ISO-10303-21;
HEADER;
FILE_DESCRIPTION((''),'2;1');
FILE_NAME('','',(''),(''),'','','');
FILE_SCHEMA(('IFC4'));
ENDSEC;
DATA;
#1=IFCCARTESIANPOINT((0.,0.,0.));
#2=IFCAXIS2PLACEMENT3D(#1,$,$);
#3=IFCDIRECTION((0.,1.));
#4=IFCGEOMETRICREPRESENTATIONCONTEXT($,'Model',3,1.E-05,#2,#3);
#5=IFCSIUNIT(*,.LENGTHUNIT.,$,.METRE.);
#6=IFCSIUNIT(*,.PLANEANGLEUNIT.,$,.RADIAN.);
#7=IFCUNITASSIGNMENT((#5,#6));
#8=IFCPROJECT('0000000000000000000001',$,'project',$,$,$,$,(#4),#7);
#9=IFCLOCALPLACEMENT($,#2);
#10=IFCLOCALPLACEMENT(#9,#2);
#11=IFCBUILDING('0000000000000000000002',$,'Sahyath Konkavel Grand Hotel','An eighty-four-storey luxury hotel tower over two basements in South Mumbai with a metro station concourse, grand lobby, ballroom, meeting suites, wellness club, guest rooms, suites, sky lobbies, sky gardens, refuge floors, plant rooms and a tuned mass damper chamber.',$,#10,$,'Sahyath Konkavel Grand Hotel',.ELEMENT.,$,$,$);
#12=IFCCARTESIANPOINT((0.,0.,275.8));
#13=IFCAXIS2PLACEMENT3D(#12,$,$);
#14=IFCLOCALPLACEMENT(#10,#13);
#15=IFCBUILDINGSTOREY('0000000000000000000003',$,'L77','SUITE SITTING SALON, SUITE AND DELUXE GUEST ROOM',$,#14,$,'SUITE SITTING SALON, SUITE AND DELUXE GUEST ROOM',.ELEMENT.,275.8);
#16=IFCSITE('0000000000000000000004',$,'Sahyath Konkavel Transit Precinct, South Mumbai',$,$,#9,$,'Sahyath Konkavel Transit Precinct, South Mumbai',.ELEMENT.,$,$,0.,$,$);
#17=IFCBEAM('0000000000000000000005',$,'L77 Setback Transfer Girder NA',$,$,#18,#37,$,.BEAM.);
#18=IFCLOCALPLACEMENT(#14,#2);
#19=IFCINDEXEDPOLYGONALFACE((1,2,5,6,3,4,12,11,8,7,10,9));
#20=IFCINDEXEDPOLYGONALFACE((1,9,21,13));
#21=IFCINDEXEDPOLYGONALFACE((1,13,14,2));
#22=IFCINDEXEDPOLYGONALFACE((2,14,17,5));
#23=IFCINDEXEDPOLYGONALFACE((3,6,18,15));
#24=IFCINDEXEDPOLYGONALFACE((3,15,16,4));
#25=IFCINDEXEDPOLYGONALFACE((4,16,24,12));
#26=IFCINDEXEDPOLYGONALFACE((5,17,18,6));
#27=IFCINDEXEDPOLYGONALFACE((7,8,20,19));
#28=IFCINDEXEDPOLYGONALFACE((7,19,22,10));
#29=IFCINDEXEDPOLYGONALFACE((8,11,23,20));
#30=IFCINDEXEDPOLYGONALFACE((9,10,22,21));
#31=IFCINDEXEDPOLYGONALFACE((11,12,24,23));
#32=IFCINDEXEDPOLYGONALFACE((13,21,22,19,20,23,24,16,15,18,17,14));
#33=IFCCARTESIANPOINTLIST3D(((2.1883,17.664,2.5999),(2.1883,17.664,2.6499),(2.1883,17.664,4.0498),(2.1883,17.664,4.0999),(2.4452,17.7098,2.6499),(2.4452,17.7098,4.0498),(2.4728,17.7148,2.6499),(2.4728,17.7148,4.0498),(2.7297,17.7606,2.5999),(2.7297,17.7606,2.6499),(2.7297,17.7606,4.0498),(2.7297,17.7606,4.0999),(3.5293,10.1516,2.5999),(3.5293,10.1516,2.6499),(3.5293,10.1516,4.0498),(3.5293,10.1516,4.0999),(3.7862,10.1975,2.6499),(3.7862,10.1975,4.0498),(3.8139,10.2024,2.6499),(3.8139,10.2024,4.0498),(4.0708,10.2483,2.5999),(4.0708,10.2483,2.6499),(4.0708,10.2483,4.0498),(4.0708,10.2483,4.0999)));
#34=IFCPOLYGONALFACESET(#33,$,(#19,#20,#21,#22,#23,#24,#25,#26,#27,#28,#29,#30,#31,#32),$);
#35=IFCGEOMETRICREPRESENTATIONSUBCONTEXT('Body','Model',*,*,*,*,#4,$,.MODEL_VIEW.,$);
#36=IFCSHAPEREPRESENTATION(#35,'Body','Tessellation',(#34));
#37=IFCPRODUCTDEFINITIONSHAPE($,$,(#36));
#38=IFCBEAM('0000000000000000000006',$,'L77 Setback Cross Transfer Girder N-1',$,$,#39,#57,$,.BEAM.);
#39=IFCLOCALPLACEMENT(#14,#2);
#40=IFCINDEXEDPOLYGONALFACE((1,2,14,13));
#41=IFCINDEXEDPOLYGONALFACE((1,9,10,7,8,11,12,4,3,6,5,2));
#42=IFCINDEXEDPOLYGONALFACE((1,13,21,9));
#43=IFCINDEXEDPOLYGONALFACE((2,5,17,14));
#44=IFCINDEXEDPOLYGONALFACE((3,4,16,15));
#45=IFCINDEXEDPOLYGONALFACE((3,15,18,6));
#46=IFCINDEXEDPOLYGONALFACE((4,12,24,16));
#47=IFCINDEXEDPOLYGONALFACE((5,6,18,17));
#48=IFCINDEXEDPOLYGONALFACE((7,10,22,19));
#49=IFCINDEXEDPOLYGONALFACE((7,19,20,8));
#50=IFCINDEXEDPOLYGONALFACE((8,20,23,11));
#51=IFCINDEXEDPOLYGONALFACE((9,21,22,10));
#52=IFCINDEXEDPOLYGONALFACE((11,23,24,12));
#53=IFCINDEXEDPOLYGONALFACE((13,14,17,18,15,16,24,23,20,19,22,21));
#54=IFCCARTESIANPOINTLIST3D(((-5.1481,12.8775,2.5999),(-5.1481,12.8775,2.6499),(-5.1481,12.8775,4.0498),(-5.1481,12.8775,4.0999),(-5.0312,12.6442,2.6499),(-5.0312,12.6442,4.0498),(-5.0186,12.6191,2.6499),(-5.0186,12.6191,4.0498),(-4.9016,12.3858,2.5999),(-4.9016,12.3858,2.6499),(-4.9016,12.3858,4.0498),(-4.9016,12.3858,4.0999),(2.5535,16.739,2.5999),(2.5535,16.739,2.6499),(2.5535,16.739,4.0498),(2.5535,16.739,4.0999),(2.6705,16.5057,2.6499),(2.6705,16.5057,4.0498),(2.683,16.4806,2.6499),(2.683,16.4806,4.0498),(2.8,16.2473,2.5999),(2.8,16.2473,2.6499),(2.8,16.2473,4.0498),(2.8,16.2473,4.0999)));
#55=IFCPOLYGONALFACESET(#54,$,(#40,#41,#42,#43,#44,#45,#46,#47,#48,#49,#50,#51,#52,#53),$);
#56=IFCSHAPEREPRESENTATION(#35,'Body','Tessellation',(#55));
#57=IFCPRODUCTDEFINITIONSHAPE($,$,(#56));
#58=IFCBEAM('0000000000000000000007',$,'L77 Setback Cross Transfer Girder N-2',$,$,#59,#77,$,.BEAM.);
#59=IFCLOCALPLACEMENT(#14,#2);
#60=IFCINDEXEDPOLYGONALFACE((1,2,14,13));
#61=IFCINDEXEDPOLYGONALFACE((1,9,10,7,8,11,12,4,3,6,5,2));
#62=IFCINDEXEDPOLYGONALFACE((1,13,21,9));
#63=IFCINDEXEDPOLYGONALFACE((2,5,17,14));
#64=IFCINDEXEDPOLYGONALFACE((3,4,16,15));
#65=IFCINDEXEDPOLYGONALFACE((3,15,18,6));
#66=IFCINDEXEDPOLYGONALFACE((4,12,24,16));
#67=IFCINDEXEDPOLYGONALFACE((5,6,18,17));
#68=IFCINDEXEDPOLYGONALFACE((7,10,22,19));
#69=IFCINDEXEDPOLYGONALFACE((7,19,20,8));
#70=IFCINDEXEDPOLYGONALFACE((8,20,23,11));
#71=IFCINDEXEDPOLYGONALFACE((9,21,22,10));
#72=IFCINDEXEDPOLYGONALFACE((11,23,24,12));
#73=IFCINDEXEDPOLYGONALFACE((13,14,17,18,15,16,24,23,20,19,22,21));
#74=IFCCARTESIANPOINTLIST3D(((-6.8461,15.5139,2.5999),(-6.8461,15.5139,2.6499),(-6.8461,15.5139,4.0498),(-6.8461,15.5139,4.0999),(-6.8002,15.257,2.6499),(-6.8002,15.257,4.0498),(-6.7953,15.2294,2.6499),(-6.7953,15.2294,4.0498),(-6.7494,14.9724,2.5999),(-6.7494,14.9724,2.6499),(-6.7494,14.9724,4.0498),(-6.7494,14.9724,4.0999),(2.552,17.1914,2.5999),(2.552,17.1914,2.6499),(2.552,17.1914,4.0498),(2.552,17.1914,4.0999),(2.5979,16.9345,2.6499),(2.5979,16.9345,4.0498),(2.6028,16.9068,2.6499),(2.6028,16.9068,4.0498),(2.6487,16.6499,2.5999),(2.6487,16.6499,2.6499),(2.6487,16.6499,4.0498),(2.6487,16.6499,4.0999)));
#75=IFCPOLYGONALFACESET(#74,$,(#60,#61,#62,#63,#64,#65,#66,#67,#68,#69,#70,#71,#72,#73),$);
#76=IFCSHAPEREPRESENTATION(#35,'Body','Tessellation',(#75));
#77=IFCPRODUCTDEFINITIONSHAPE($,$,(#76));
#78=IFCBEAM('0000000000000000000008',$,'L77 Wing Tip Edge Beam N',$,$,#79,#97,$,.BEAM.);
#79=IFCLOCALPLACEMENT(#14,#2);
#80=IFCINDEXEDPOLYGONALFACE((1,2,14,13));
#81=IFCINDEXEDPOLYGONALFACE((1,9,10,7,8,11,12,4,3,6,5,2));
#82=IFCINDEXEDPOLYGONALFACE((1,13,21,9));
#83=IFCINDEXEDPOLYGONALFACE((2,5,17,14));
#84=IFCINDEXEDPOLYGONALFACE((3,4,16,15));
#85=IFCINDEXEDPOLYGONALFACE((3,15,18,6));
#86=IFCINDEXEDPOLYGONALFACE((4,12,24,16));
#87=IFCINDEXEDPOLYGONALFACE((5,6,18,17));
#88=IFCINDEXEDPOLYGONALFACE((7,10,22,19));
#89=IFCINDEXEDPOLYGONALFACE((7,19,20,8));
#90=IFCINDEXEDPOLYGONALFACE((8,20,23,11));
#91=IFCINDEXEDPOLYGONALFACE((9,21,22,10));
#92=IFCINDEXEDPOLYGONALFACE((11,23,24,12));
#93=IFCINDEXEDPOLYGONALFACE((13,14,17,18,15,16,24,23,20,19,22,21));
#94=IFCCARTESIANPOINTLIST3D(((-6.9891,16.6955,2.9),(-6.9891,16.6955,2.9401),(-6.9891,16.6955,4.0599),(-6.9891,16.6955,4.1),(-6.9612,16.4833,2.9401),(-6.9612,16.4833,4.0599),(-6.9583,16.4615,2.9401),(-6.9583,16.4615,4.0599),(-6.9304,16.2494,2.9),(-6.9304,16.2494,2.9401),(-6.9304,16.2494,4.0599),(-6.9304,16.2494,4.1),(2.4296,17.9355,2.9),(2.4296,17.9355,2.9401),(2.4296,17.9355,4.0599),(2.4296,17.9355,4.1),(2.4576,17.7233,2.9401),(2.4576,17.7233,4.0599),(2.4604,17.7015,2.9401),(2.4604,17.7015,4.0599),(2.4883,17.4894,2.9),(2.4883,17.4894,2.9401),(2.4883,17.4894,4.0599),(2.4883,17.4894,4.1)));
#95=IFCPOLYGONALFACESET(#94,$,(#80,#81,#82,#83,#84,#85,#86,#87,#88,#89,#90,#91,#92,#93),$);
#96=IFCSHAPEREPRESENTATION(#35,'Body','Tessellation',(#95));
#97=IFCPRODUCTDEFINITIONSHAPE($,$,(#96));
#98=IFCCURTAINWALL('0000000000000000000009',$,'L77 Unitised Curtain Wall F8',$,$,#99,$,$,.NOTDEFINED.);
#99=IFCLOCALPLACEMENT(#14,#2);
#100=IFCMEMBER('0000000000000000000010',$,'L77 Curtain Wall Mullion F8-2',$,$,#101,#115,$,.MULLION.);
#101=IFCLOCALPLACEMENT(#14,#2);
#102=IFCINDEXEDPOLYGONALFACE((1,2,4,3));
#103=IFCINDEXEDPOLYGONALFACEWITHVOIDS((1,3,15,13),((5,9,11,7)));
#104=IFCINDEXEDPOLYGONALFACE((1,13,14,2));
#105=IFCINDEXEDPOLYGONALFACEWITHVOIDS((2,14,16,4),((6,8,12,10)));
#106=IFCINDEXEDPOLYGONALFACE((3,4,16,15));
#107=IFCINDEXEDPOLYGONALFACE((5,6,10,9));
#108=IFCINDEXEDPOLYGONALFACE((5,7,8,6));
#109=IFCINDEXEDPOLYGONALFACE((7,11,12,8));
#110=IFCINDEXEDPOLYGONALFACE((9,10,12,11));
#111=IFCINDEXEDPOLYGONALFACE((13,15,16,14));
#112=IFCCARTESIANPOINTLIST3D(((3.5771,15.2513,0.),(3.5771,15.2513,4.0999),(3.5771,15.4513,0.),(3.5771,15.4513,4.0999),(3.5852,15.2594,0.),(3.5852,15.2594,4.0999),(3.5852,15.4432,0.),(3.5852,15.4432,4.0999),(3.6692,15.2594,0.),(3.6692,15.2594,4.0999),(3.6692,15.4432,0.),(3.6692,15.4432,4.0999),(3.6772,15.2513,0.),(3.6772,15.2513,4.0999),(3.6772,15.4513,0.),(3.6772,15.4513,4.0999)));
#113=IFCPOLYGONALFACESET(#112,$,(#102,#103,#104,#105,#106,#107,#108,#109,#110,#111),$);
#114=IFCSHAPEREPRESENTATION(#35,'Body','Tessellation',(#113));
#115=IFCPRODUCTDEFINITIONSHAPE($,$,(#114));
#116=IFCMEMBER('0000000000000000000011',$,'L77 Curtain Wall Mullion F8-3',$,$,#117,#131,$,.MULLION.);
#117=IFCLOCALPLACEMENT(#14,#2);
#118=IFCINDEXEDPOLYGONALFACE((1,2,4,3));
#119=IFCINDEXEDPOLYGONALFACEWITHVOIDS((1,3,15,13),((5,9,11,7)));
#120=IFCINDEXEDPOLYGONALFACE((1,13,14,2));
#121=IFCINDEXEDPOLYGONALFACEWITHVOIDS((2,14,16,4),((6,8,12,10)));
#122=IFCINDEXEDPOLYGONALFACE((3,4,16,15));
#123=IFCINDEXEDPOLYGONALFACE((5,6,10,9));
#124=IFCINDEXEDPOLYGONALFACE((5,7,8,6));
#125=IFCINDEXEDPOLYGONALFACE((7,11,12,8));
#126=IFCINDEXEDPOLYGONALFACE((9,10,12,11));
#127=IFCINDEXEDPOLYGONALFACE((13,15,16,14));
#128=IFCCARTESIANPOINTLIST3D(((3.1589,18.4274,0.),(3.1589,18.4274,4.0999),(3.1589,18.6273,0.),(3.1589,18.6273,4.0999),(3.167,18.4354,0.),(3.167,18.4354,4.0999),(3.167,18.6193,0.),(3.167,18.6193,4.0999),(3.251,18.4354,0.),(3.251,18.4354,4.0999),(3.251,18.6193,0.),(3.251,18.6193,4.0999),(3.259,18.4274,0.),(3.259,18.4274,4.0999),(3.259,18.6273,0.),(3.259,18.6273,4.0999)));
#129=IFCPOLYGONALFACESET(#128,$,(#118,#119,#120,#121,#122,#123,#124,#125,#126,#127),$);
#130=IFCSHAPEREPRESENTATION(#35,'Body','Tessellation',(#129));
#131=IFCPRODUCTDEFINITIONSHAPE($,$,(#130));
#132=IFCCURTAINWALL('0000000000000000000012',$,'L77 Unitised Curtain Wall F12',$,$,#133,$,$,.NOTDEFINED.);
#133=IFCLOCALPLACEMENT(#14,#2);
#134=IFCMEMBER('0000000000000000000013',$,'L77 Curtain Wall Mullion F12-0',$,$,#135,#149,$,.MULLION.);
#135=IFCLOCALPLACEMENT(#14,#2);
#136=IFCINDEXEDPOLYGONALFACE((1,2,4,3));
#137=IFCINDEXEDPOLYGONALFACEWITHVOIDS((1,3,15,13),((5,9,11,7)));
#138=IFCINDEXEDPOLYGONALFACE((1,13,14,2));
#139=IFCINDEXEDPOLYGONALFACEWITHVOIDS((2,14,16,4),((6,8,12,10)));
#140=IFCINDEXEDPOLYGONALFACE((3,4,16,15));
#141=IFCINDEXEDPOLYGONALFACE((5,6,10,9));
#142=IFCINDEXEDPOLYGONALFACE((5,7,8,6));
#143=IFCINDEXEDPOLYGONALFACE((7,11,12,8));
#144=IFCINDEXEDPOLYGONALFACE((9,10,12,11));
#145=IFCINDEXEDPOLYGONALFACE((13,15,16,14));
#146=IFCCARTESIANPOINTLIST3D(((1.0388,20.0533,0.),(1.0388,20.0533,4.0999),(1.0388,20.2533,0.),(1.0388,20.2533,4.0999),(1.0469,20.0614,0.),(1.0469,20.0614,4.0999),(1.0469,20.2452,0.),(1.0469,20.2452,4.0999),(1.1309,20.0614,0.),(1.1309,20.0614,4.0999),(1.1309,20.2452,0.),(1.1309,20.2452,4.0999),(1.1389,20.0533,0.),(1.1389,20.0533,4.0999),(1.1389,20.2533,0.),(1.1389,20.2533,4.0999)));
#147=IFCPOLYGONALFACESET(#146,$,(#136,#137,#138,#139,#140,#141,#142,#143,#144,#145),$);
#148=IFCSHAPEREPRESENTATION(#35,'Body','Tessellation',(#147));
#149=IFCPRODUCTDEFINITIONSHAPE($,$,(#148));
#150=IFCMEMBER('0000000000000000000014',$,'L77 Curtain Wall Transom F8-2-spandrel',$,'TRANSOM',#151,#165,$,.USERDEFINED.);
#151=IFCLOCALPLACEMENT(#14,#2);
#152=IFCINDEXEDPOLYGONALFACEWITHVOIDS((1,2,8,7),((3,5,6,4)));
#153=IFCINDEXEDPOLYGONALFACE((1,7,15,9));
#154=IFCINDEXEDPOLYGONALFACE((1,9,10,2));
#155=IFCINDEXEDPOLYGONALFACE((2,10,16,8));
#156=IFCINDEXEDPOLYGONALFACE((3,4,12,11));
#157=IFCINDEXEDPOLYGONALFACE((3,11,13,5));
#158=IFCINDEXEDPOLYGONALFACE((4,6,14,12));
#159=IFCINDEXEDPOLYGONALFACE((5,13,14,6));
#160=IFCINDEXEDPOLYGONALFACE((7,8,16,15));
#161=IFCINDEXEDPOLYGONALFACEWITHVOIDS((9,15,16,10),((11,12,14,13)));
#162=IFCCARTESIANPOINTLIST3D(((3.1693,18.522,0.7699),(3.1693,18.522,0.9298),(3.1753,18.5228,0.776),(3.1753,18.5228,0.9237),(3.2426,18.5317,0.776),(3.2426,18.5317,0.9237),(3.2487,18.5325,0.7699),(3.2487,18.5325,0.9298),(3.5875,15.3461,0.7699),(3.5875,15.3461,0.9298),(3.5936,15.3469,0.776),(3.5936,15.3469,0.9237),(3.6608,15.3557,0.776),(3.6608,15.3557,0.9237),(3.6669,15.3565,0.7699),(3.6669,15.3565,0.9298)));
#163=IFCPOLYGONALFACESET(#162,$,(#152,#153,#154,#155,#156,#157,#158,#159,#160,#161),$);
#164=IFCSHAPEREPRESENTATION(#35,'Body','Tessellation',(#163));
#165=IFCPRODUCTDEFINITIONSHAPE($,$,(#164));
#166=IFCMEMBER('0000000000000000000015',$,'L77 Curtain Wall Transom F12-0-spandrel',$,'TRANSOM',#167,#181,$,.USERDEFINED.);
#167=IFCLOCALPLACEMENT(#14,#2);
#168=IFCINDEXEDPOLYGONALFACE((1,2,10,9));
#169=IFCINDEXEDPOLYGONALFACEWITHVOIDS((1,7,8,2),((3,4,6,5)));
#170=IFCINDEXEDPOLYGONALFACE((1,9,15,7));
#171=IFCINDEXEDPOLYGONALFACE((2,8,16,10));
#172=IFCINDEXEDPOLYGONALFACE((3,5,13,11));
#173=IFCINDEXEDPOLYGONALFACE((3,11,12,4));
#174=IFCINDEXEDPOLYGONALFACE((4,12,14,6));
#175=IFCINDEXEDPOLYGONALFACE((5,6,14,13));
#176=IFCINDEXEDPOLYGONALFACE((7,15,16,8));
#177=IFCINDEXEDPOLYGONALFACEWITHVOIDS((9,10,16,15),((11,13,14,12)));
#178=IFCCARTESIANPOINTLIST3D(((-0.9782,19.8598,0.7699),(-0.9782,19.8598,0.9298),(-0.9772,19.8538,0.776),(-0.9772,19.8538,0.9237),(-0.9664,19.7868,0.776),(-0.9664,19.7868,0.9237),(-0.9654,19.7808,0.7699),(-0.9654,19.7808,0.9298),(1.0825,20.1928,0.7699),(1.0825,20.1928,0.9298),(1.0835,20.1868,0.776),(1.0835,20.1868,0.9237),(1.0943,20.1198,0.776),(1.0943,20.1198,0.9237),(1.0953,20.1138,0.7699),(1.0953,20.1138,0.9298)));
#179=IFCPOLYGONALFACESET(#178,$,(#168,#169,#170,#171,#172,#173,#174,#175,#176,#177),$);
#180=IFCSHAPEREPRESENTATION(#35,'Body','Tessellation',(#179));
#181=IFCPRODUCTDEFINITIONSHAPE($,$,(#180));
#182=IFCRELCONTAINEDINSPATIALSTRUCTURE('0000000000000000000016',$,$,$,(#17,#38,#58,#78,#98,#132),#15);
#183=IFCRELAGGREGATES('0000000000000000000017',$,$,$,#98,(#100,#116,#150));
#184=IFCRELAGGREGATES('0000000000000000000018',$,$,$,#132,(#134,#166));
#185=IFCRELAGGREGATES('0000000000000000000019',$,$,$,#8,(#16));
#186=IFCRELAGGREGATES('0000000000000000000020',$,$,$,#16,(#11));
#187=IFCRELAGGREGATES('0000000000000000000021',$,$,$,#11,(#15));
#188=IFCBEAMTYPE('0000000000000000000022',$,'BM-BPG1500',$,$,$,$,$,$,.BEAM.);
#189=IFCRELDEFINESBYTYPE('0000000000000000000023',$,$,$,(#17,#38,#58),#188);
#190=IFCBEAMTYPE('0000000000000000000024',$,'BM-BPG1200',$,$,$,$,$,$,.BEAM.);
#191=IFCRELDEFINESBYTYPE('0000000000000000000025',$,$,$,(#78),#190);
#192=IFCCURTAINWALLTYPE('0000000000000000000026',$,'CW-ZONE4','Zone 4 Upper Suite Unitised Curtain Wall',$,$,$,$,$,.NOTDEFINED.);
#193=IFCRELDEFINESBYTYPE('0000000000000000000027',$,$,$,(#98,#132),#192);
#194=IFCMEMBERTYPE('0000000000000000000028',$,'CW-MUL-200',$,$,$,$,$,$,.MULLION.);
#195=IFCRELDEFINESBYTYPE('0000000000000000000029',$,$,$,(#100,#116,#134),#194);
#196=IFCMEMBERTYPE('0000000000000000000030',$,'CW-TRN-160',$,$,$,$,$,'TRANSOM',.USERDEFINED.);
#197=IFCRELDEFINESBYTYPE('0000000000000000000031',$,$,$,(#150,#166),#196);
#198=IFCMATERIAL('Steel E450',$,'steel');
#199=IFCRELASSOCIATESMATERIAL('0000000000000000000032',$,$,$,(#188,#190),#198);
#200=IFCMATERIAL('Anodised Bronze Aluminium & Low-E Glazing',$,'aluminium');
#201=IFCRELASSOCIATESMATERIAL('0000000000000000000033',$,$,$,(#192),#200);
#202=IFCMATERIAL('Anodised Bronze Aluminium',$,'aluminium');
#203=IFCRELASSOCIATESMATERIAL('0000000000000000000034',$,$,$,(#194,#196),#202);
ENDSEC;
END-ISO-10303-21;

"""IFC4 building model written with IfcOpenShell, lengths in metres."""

from ifc_helpers import new_model, si_unit, direction, frame, origin, origin_2d, place, context, subcontext, project, spatial, hollow_rectangle, i_section, extrude, source, transform, mapped, material, material_profile, profile_set, type_object, element, aggregate, save


model = new_model("IFC4")

# Units and contexts
model_context = context("Model", 3, precision=1e-05, world=origin(), true_north=direction((0.0, 1.0)))
body_context = subcontext(model_context, "Body", "Model", "MODEL_VIEW")
ifc_project = project(units=[si_unit("LENGTHUNIT", "METRE"), si_unit("PLANEANGLEUNIT", "RADIAN")], contexts=[model_context])

# Site, building, storey
site_placement = place(None, origin())
site = spatial("IfcSite", under=ifc_project, at=site_placement, Name="Sahyath Konkavel Transit Precinct, South Mumbai", LongName="Sahyath Konkavel Transit Precinct, South Mumbai", CompositionType="ELEMENT", RefElevation=0.0)
building_placement = place(site_placement, origin())
building = spatial("IfcBuilding", under=site, at=building_placement, Name="Sahyath Konkavel Grand Hotel", Description="An eighty-four-storey luxury hotel tower over two basements in South Mumbai with a metro station concourse, grand lobby, ballroom, meeting suites, wellness club, guest rooms, suites, sky lobbies, sky gardens, refuge floors, plant rooms and a tuned mass damper chamber.", LongName="Sahyath Konkavel Grand Hotel", CompositionType="ELEMENT")
storey_placement = place(building_placement, frame((0.0, 0.0, 275.8)))
storey = spatial("IfcBuildingStorey", under=building, at=storey_placement, Name="L77", Description="SUITE SITTING SALON, SUITE AND DELUXE GUEST ROOM", LongName="SUITE SITTING SALON, SUITE AND DELUXE GUEST ROOM", CompositionType="ELEMENT", Elevation=275.8)

# Beams
ifc_material_1 = material(Name="Steel E450", Category="steel")
ifc_material_profile_1 = material_profile(ifc_material_1, i_section(OverallWidth=0.55, OverallDepth=1.5, WebThickness=0.0281, FlangeThickness=0.05, at=origin_2d()), Name="BPG 1500x550")
ifc_profile_set_1 = profile_set([ifc_material_profile_1], Name="Steel E450")
beam_type_1 = type_object("IfcBeamType", Name="BM-BPG1500", PredefinedType="BEAM", material=ifc_profile_set_1)
shared_shape_1 = source(origin(), body_context, "Body", "SweptSolid", [
    extrude(i_section(OverallWidth=0.55, OverallDepth=1.5, WebThickness=0.0281, FlangeThickness=0.05, at=origin_2d()), origin(), (0.0, 0.0, 1.0), 7.6311),
])
beam_1_placement = place(storey_placement, frame((3.8, 10.2, 3.3499), z_axis=(-0.175734, 0.984438, 0.0), x_axis=(-0.984438, -0.175734, 0.0)))
element("IfcBeam", 1, at=beam_1_placement, inside=storey, type_object=beam_type_1, Name="L77 Setback Transfer Girder NA", PredefinedType="BEAM", context=body_context, shape_type="MappedRepresentation", body=[
    mapped(shared_shape_1, transform((0.0, 0.0, 0.0), scale=1.0)),
])
shared_shape_2 = source(origin(), body_context, "Body", "SweptSolid", [
    extrude(i_section(OverallWidth=0.55, OverallDepth=1.5, WebThickness=0.0281, FlangeThickness=0.05, at=origin_2d()), origin(), (0.0, 0.0, 1.0), 8.6155),
])
beam_2_placement = place(storey_placement, frame((2.6768, 16.4932, 3.3499), z_axis=(-0.893928, -0.448211, 0.0), x_axis=(0.448211, -0.893928, 0.0)))
element("IfcBeam", 2, at=beam_2_placement, inside=storey, type_object=beam_type_1, Name="L77 Setback Cross Transfer Girder N-1", PredefinedType="BEAM", context=body_context, shape_type="MappedRepresentation", body=[
    mapped(shared_shape_2, transform((0.0, 0.0, 0.0), scale=1.0)),
])
shared_shape_3 = source(origin(), body_context, "Body", "SweptSolid", [
    extrude(i_section(OverallWidth=0.55, OverallDepth=1.5, WebThickness=0.0281, FlangeThickness=0.05, at=origin_2d()), origin(), (0.0, 0.0, 1.0), 9.5466),
])
beam_3_placement = place(storey_placement, frame((2.6003, 16.9207, 3.3499), z_axis=(-0.984441, -0.175714, 0.0), x_axis=(0.175714, -0.984441, 0.0)))
element("IfcBeam", 3, at=beam_3_placement, inside=storey, type_object=beam_type_1, Name="L77 Setback Cross Transfer Girder N-2", PredefinedType="BEAM", context=body_context, shape_type="MappedRepresentation", body=[
    mapped(shared_shape_3, transform((0.0, 0.0, 0.0), scale=1.0)),
])
ifc_material_profile_2 = material_profile(ifc_material_1, i_section(OverallWidth=0.45, OverallDepth=1.2, WebThickness=0.022, FlangeThickness=0.04, at=origin_2d()), Name="BPG 1200x450")
ifc_profile_set_2 = profile_set([ifc_material_profile_2], Name="Steel E450")
beam_type_2 = type_object("IfcBeamType", Name="BM-BPG1200", PredefinedType="BEAM", material=ifc_profile_set_2)
shared_shape_4 = source(origin(), body_context, "Body", "SweptSolid", [
    extrude(i_section(OverallWidth=0.45, OverallDepth=1.2, WebThickness=0.022, FlangeThickness=0.04, at=origin_2d()), origin(), (0.0, 0.0, 1.0), 9.5),
])
beam_4_placement = place(storey_placement, frame((2.459, 17.7124, 3.5), z_axis=(-0.991445, -0.130526, 0.0), x_axis=(0.130526, -0.991445, 0.0)))
element("IfcBeam", 4, at=beam_4_placement, inside=storey, type_object=beam_type_2, Name="L77 Wing Tip Edge Beam N", PredefinedType="BEAM", context=body_context, shape_type="MappedRepresentation", body=[
    mapped(shared_shape_4, transform((0.0, 0.0, 0.0), scale=1.0)),
])

# Curtain wall, members
ifc_material_2 = material(Name="Anodised Bronze Aluminium & Low-E Glazing", Category="aluminium")
curtain_wall_type = type_object("IfcCurtainWallType", Name="CW-ZONE4", Description="Zone 4 Upper Suite Unitised Curtain Wall", PredefinedType="NOTDEFINED", material=ifc_material_2)
curtain_wall_1_placement = place(storey_placement, origin())
curtain_wall_1 = element("IfcCurtainWall", 5, at=curtain_wall_1_placement, inside=storey, type_object=curtain_wall_type, Name="L77 Unitised Curtain Wall F8", PredefinedType="NOTDEFINED")
ifc_material_3 = material(Name="Anodised Bronze Aluminium", Category="aluminium")
ifc_material_profile_3 = material_profile(ifc_material_3, hollow_rectangle(XDim=0.1001, YDim=0.2, WallThickness=0.0081, at=origin_2d()), Name="RHS 200x100x8")
ifc_profile_set_3 = profile_set([ifc_material_profile_3], Name="Anodised Bronze Aluminium")
member_type_1 = type_object("IfcMemberType", Name="CW-MUL-200", PredefinedType="MULLION", material=ifc_profile_set_3)
shared_shape_5 = source(origin(), body_context, "Body", "SweptSolid", [
    extrude(hollow_rectangle(XDim=0.1001, YDim=0.2, WallThickness=0.0081, at=origin_2d()), origin(), (0.0, 0.0, 1.0), 4.0999),
])
member_1_placement = place(storey_placement, frame((3.6272, 15.3513, 0.0), z_axis=(0.0, 0.0, 1.0), x_axis=(1.0, 0.0, 0.0)))
member_1 = element("IfcMember", 6, at=member_1_placement, type_object=member_type_1, Name="L77 Curtain Wall Mullion F8-2", PredefinedType="MULLION", context=body_context, shape_type="MappedRepresentation", body=[
    mapped(shared_shape_5, transform((0.0, 0.0, 0.0), scale=1.0)),
])
member_2_placement = place(storey_placement, frame((3.209, 18.5273, 0.0), z_axis=(0.0, 0.0, 1.0), x_axis=(1.0, 0.0, 0.0)))
member_2 = element("IfcMember", 7, at=member_2_placement, type_object=member_type_1, Name="L77 Curtain Wall Mullion F8-3", PredefinedType="MULLION", context=body_context, shape_type="MappedRepresentation", body=[
    mapped(shared_shape_5, transform((0.0, 0.0, 0.0), scale=1.0)),
])

# Curtain wall, member
curtain_wall_2_placement = place(storey_placement, origin())
curtain_wall_2 = element("IfcCurtainWall", 8, at=curtain_wall_2_placement, inside=storey, type_object=curtain_wall_type, Name="L77 Unitised Curtain Wall F12", PredefinedType="NOTDEFINED")
member_3_placement = place(storey_placement, frame((1.0889, 20.1533, 0.0), z_axis=(0.0, 0.0, 1.0), x_axis=(1.0, 0.0, 0.0)))
member_3 = element("IfcMember", 9, at=member_3_placement, type_object=member_type_1, Name="L77 Curtain Wall Mullion F12-0", PredefinedType="MULLION", context=body_context, shape_type="MappedRepresentation", body=[
    mapped(shared_shape_5, transform((0.0, 0.0, 0.0), scale=1.0)),
])

# Members
ifc_material_profile_4 = material_profile(ifc_material_3, hollow_rectangle(XDim=0.0801, YDim=0.1599, WallThickness=0.0061, at=origin_2d()), Name="RHS 160x80x6")
ifc_profile_set_4 = profile_set([ifc_material_profile_4], Name="Anodised Bronze Aluminium")
member_type_2 = type_object("IfcMemberType", Name="CW-TRN-160", ElementType="TRANSOM", PredefinedType="USERDEFINED", material=ifc_profile_set_4)
shared_shape_6 = source(origin(), body_context, "Body", "SweptSolid", [
    extrude(hollow_rectangle(XDim=0.0801, YDim=0.1599, WallThickness=0.0061, at=origin_2d()), origin(), (0.0, 0.0, 1.0), 3.2034),
])
member_4_placement = place(storey_placement, frame((3.6272, 15.3513, 0.8499), z_axis=(-0.130551, 0.991442, 0.0), x_axis=(-0.991442, -0.130551, 0.0)))
member_4 = element("IfcMember", 10, at=member_4_placement, type_object=member_type_2, Name="L77 Curtain Wall Transom F8-2-spandrel", ObjectType="TRANSOM", PredefinedType="USERDEFINED", context=body_context, shape_type="MappedRepresentation", body=[
    mapped(shared_shape_6, transform((0.0, 0.0, 0.0), scale=1.0)),
])
shared_shape_7 = source(origin(), body_context, "Body", "SweptSolid", [
    extrude(hollow_rectangle(XDim=0.0801, YDim=0.1599, WallThickness=0.0061, at=origin_2d()), origin(), (0.0, 0.0, 1.0), 2.0874),
])
member_5_placement = place(storey_placement, frame((1.0889, 20.1533, 0.8499), z_axis=(-0.987191, -0.159541, 0.0), x_axis=(0.159541, -0.987191, 0.0)))
member_5 = element("IfcMember", 11, at=member_5_placement, type_object=member_type_2, Name="L77 Curtain Wall Transom F12-0-spandrel", ObjectType="TRANSOM", PredefinedType="USERDEFINED", context=body_context, shape_type="MappedRepresentation", body=[
    mapped(shared_shape_7, transform((0.0, 0.0, 0.0), scale=1.0)),
])

aggregate(curtain_wall_1, [member_1, member_2, member_4])
aggregate(curtain_wall_2, [member_3, member_5])

save(model, "model.ifc")
